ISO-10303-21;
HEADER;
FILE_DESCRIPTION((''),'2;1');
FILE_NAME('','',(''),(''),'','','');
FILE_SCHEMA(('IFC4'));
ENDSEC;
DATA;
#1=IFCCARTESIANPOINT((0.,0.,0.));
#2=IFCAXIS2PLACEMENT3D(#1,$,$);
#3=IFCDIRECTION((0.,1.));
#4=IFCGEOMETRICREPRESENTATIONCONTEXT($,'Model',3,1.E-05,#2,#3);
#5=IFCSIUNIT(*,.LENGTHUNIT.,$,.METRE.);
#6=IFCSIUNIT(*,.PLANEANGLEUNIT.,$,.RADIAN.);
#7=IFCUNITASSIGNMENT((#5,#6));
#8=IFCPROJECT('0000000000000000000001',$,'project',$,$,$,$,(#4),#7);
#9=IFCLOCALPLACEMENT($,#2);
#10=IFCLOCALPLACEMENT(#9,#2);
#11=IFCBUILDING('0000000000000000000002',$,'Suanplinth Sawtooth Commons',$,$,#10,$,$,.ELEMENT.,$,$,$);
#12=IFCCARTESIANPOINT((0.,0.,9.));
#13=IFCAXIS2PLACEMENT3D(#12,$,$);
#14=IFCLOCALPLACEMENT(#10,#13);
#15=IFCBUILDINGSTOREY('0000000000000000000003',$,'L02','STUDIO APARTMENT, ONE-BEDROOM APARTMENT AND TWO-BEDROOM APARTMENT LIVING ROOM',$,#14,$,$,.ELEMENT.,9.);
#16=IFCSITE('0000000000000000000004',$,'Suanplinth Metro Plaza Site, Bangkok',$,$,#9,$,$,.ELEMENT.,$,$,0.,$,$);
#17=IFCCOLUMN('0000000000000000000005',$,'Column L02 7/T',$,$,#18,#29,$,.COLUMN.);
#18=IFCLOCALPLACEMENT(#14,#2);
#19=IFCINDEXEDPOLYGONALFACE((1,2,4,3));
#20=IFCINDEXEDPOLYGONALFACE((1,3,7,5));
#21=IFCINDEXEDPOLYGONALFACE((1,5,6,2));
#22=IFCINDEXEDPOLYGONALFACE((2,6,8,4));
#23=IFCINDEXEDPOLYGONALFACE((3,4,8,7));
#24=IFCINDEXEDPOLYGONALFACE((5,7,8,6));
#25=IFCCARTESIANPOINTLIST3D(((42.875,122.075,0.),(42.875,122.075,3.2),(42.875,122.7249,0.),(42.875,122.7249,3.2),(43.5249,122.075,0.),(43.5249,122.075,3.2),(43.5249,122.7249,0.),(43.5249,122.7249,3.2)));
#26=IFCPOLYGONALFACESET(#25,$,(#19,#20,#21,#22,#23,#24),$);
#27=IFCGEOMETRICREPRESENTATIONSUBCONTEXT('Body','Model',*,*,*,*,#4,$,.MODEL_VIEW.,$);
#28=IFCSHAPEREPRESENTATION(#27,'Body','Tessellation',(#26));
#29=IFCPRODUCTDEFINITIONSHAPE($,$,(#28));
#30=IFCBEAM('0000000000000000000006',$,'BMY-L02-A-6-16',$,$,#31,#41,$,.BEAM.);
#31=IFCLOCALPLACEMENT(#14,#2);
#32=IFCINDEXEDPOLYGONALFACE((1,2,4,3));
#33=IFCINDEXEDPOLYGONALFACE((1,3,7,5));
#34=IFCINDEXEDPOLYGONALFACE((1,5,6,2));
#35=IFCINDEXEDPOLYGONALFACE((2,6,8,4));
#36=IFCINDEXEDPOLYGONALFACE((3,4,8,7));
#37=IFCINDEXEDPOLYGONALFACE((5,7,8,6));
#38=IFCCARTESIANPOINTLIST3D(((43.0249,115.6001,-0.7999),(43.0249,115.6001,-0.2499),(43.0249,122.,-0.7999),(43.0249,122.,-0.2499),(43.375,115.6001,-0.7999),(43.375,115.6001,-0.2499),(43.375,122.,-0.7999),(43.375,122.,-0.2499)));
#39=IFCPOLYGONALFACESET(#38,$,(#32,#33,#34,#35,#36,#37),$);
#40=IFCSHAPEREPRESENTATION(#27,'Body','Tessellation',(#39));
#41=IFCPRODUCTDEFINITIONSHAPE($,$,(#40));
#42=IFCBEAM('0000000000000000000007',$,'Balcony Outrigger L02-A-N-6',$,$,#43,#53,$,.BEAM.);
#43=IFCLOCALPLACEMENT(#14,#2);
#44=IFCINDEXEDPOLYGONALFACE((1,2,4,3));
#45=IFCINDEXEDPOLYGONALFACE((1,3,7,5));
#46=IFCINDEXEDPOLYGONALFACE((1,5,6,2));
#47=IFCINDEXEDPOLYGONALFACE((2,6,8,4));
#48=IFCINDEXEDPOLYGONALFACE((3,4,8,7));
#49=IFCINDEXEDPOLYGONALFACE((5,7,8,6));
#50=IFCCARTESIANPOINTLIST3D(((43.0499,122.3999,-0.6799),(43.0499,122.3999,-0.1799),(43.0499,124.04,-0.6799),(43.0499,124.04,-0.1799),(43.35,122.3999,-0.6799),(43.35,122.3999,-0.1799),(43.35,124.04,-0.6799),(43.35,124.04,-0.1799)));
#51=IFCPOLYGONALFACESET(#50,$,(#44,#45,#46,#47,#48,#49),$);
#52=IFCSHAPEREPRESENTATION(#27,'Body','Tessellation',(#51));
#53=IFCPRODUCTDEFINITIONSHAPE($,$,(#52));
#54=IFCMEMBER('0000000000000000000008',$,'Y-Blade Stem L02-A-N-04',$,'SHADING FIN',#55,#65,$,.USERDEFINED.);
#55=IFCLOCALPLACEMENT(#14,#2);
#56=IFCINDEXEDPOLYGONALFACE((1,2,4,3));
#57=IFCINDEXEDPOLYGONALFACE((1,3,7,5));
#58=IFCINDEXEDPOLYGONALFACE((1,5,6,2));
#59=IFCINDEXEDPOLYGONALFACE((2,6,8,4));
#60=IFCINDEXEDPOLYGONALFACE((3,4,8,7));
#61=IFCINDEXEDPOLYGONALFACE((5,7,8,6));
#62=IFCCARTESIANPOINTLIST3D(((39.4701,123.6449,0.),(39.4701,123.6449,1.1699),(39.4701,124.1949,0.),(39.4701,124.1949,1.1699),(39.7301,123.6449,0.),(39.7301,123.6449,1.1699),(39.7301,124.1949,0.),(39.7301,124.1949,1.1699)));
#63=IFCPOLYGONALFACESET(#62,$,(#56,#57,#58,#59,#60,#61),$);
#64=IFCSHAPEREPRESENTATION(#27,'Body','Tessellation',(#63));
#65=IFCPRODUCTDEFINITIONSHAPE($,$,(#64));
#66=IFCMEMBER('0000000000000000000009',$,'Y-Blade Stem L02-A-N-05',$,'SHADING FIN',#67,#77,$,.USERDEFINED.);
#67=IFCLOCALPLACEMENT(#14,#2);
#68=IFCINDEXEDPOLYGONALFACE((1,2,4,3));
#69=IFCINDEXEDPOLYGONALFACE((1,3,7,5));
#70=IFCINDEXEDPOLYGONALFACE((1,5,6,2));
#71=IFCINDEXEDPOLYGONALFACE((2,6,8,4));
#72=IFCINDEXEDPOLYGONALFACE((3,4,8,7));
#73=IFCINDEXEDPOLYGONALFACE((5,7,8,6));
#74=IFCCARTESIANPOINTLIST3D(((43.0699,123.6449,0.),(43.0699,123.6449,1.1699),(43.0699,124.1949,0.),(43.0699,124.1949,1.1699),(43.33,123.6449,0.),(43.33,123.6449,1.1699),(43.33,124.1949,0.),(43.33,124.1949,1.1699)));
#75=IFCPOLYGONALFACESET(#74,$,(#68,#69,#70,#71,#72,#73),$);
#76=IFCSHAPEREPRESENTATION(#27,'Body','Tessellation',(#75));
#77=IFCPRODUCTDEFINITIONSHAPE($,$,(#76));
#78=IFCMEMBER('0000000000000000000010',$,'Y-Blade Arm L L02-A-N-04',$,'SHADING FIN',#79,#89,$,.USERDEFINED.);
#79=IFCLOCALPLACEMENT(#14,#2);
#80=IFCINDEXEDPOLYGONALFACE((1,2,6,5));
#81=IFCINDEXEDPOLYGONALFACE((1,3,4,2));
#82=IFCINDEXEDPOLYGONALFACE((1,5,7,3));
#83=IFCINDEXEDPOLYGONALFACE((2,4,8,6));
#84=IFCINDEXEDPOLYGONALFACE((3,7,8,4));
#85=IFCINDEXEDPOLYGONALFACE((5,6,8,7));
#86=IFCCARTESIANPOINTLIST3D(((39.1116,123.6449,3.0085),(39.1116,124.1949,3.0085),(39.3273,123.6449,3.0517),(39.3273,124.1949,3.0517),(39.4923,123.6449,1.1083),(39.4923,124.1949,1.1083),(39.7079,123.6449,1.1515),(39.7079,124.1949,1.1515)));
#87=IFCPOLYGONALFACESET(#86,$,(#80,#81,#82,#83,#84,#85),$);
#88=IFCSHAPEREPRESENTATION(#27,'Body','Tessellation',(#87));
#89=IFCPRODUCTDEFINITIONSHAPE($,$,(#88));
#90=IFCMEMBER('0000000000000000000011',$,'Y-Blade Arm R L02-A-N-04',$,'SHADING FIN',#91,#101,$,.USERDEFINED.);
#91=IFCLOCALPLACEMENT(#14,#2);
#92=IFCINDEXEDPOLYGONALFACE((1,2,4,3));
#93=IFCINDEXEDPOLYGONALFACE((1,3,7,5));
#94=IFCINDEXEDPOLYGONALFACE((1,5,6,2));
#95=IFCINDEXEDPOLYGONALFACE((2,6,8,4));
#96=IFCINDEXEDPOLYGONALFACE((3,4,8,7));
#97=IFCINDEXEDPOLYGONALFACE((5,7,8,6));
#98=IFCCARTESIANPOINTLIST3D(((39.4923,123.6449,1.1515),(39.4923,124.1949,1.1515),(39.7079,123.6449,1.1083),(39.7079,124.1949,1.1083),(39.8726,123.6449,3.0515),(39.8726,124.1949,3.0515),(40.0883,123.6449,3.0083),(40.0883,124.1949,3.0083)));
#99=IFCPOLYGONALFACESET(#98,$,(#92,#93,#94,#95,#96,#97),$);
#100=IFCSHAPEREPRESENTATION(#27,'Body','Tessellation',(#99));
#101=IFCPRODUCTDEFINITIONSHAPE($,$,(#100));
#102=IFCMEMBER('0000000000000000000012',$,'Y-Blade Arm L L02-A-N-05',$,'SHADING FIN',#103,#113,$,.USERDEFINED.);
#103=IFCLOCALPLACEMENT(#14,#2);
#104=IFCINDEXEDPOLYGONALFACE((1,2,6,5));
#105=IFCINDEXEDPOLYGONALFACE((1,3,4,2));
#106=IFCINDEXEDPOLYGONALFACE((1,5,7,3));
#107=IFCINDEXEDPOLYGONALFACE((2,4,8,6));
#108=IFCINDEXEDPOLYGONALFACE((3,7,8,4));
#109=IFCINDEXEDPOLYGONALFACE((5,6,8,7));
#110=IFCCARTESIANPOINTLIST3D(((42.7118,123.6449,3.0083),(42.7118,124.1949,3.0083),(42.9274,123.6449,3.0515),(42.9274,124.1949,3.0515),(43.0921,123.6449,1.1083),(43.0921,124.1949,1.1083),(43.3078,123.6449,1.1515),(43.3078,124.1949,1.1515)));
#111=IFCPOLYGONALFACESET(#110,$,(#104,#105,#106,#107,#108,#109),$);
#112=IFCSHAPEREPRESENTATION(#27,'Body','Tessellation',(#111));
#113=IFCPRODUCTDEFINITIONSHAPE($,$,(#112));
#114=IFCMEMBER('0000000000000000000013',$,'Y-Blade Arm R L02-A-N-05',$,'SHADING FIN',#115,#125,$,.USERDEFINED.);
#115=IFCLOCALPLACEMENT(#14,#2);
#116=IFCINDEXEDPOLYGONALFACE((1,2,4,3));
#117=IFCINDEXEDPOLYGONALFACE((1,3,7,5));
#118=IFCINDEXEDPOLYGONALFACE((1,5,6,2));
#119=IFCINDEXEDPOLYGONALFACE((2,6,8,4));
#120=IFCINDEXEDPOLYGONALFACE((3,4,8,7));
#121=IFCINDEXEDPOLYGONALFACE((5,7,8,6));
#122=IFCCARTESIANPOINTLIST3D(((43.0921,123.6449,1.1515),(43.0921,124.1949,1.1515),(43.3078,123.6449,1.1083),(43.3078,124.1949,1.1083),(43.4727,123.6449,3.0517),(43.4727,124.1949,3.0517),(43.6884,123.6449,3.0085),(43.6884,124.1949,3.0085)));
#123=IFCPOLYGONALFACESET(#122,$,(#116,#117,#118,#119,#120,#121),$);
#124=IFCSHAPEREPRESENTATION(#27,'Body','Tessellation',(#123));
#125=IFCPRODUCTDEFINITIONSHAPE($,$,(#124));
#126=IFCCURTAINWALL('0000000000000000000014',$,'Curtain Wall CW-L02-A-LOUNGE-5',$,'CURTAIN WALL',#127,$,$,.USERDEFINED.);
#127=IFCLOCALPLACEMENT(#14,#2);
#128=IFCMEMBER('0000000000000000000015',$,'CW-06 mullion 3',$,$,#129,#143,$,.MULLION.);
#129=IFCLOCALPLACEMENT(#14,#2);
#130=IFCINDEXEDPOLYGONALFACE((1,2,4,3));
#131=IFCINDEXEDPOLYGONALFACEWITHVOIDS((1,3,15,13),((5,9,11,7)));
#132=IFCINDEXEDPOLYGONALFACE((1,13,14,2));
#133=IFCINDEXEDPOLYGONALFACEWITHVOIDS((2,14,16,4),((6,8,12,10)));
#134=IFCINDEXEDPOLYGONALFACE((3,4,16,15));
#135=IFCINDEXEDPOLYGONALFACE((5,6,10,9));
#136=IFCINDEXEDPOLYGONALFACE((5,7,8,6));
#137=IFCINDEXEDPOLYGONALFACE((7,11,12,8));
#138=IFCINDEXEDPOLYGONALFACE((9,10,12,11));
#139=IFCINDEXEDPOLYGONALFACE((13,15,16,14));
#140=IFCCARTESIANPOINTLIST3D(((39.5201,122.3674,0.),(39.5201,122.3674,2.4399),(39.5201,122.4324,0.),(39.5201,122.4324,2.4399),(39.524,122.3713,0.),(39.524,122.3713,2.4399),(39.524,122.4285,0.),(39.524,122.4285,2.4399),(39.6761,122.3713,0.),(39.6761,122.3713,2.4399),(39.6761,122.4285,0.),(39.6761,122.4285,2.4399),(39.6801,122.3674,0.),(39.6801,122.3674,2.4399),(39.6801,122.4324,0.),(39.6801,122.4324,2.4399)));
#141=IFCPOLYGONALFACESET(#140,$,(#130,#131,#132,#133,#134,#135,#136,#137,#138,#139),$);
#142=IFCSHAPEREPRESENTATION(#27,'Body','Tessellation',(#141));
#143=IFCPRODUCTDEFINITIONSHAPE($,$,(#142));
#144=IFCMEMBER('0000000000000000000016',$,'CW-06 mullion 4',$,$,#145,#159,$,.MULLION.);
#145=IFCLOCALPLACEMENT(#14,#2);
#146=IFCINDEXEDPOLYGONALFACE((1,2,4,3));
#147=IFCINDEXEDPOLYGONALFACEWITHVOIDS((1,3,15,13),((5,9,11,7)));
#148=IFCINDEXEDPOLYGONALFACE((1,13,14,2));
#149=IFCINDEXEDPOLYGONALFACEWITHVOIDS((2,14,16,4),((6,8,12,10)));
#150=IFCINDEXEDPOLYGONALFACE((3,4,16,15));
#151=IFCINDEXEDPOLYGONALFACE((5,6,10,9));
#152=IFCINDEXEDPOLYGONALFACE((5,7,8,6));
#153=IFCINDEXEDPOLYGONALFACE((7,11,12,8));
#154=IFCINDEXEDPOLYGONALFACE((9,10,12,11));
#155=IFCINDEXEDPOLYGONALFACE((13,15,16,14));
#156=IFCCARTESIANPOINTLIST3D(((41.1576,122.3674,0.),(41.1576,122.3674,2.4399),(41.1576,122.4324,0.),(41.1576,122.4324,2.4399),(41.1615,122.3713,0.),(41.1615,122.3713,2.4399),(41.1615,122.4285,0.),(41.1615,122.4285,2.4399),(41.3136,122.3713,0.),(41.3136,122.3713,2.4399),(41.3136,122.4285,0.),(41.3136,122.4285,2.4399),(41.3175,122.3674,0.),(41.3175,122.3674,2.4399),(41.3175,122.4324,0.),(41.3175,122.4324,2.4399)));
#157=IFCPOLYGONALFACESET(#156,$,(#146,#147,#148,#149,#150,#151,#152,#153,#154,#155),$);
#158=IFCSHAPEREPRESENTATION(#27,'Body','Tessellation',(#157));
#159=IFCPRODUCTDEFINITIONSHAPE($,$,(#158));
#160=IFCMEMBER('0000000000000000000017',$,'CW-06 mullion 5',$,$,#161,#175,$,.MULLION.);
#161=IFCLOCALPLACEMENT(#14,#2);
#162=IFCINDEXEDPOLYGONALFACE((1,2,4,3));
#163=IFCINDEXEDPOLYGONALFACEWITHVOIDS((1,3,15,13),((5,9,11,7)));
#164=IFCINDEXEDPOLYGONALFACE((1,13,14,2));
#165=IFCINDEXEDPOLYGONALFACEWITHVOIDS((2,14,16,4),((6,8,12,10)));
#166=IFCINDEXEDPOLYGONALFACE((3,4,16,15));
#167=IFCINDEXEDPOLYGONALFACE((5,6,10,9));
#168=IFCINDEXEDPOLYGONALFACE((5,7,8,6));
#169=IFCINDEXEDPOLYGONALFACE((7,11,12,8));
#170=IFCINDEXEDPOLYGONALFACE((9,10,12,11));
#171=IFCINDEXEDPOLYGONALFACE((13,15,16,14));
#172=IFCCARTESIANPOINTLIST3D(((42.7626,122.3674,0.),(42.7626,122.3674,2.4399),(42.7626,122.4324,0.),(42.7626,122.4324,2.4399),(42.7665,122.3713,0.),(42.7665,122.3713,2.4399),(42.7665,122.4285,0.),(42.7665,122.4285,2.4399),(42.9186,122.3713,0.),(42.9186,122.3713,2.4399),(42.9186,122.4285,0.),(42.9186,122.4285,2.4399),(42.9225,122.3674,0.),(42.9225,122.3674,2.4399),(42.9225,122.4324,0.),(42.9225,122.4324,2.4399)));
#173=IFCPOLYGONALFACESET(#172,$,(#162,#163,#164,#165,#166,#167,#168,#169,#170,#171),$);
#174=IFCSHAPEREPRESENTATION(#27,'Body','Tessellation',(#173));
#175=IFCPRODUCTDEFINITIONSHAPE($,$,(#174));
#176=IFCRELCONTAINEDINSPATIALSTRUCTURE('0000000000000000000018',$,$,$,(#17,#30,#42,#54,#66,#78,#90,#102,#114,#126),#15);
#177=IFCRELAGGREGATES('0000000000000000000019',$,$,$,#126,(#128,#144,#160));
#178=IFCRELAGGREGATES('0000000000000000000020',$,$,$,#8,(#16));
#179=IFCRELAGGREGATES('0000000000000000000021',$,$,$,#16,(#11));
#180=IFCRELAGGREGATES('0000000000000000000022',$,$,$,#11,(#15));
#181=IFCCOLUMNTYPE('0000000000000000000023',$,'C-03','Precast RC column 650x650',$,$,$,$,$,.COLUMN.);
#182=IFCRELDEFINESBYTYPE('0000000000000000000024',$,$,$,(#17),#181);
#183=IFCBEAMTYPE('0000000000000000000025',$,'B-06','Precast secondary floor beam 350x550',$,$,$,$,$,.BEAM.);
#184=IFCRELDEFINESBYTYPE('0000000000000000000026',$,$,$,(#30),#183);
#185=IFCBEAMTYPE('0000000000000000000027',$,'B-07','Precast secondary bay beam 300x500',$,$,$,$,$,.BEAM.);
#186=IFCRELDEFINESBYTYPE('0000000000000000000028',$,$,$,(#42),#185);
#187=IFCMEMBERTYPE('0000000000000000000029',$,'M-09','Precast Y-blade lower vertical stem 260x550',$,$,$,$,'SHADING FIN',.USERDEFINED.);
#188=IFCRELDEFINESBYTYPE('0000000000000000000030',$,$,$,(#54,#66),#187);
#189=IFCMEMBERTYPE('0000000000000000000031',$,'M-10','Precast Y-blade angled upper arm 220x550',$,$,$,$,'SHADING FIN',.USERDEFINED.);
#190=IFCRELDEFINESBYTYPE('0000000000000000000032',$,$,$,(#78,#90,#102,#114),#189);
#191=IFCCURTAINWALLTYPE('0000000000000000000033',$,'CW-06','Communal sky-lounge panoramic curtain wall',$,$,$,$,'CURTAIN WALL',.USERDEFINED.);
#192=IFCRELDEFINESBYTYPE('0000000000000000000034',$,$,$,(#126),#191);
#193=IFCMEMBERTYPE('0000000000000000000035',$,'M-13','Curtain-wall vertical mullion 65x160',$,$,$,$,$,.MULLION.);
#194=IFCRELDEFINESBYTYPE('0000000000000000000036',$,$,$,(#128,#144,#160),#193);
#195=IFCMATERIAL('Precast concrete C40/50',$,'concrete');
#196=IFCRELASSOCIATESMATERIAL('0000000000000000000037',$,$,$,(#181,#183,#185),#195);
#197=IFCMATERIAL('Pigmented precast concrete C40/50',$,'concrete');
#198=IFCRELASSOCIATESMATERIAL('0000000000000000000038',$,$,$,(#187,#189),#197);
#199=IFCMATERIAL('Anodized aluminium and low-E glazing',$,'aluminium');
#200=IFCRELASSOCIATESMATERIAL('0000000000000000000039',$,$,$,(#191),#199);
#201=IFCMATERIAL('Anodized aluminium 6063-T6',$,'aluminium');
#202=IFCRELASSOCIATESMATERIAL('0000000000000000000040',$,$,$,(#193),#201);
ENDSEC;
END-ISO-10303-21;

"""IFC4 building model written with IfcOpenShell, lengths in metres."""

from ifc_helpers import new_model, si_unit, direction, frame, origin, origin_2d, place, context, subcontext, project, spatial, rectangle, hollow_rectangle, extrude, material, material_profile, profile_set, type_object, element, aggregate, save


model = new_model("IFC4")

# Units and contexts
model_context = context("Model", 3, precision=1e-05, world=origin(), true_north=direction((0.0, 1.0)))
body_context = subcontext(model_context, "Body", "Model", "MODEL_VIEW")
ifc_project = project(units=[si_unit("LENGTHUNIT", "METRE"), si_unit("PLANEANGLEUNIT", "RADIAN")], contexts=[model_context])

# Site, building, storey
site_placement = place(None, origin())
site = spatial("IfcSite", under=ifc_project, at=site_placement, Name="Suanplinth Metro Plaza Site, Bangkok", CompositionType="ELEMENT", RefElevation=0.0)
building_placement = place(site_placement, origin())
building = spatial("IfcBuilding", under=site, at=building_placement, Name="Suanplinth Sawtooth Commons", CompositionType="ELEMENT")
storey_placement = place(building_placement, frame((0.0, 0.0, 9.0)))
storey = spatial("IfcBuildingStorey", under=building, at=storey_placement, Name="L02", Description="STUDIO APARTMENT, ONE-BEDROOM APARTMENT AND TWO-BEDROOM APARTMENT LIVING ROOM", CompositionType="ELEMENT", Elevation=9.0)

# Column
ifc_material_1 = material(Name="Precast concrete C40/50", Category="concrete")
ifc_material_profile_1 = material_profile(ifc_material_1, rectangle(XDim=0.6499, YDim=0.6499, at=origin_2d()), Name="PC-COL 650x650")
ifc_profile_set_1 = profile_set([ifc_material_profile_1], Name="Precast concrete C40/50")
column_type = type_object("IfcColumnType", Name="C-03", Description="Precast RC column 650x650", PredefinedType="COLUMN", material=ifc_profile_set_1)
column_placement = place(storey_placement, frame((43.2, 122.3999, 0.0), z_axis=(0.0, 0.0, 1.0), x_axis=(1.0, 0.0, 0.0)))
element("IfcColumn", 1, at=column_placement, inside=storey, type_object=column_type, Name="Column L02 7/T", PredefinedType="COLUMN", context=body_context, shape_type="SweptSolid", body=[
    extrude(rectangle(XDim=0.6499, YDim=0.6499, at=origin_2d()), origin(), (0.0, 0.0, 1.0), 3.2),
])

# Beams
ifc_material_profile_2 = material_profile(ifc_material_1, rectangle(XDim=0.3501, YDim=0.55, at=origin_2d()), Name="PC-BM 350x550")
ifc_profile_set_2 = profile_set([ifc_material_profile_2], Name="Precast concrete C40/50")
beam_type_1 = type_object("IfcBeamType", Name="B-06", Description="Precast secondary floor beam 350x550", PredefinedType="BEAM", material=ifc_profile_set_2)
beam_1_placement = place(storey_placement, frame((43.2, 115.6001, -0.5249), z_axis=(0.0, 1.0, 0.0), x_axis=(-1.0, 0.0, 0.0)))
element("IfcBeam", 2, at=beam_1_placement, inside=storey, type_object=beam_type_1, Name="BMY-L02-A-6-16", PredefinedType="BEAM", context=body_context, shape_type="SweptSolid", body=[
    extrude(rectangle(XDim=0.3501, YDim=0.55, at=origin_2d()), origin(), (0.0, 0.0, 1.0), 6.3999),
])
ifc_material_profile_3 = material_profile(ifc_material_1, rectangle(XDim=0.3, YDim=0.5, at=origin_2d()), Name="PC-BM 300x500")
ifc_profile_set_3 = profile_set([ifc_material_profile_3], Name="Precast concrete C40/50")
beam_type_2 = type_object("IfcBeamType", Name="B-07", Description="Precast secondary bay beam 300x500", PredefinedType="BEAM", material=ifc_profile_set_3)
beam_2_placement = place(storey_placement, frame((43.2, 122.3999, -0.4299), z_axis=(0.0, 1.0, 0.0), x_axis=(-1.0, 0.0, 0.0)))
element("IfcBeam", 3, at=beam_2_placement, inside=storey, type_object=beam_type_2, Name="Balcony Outrigger L02-A-N-6", PredefinedType="BEAM", context=body_context, shape_type="SweptSolid", body=[
    extrude(rectangle(XDim=0.3, YDim=0.5, at=origin_2d()), origin(), (0.0, 0.0, 1.0), 1.6401),
])

# Members
ifc_material_2 = material(Name="Pigmented precast concrete C40/50", Category="concrete")
ifc_material_profile_4 = material_profile(ifc_material_2, rectangle(XDim=0.26, YDim=0.55, at=origin_2d()), Name="PC-FIN 260x550")
ifc_profile_set_4 = profile_set([ifc_material_profile_4], Name="Pigmented precast concrete C40/50")
member_type_1 = type_object("IfcMemberType", Name="M-09", Description="Precast Y-blade lower vertical stem 260x550", ElementType="SHADING FIN", PredefinedType="USERDEFINED", material=ifc_profile_set_4)
for number, where, z_axis, x_axis, name in (
    (4, (39.6001, 123.9199, 0.0), (0.0, 0.0, 1.0), (1.0, 0.0, 0.0), "Y-Blade Stem L02-A-N-04"),
    (5, (43.2, 123.9199, 0.0), (0.0, 0.0, 1.0), (1.0, 0.0, 0.0), "Y-Blade Stem L02-A-N-05"),
):
    element("IfcMember", number, at=place(storey_placement, frame(where, z_axis=z_axis, x_axis=x_axis)), inside=storey, type_object=member_type_1, Name=name, ObjectType="SHADING FIN", PredefinedType="USERDEFINED", context=body_context, shape_type="SweptSolid", body=[
        extrude(rectangle(XDim=0.26, YDim=0.55, at=origin_2d()), origin(), (0.0, 0.0, 1.0), 1.1699),
    ])
ifc_material_profile_5 = material_profile(ifc_material_2, rectangle(XDim=0.22, YDim=0.55, at=origin_2d()), Name="PC-FIN 220x550")
ifc_profile_set_5 = profile_set([ifc_material_profile_5], Name="Pigmented precast concrete C40/50")
member_type_2 = type_object("IfcMemberType", Name="M-10", Description="Precast Y-blade angled upper arm 220x550", ElementType="SHADING FIN", PredefinedType="USERDEFINED", material=ifc_profile_set_5)
member_1_placement = place(storey_placement, frame((39.6001, 123.9199, 1.1299), z_axis=(-0.196407, 0.0, 0.980522), x_axis=(0.980522, 0.0, 0.196407)))
element("IfcMember", 6, at=member_1_placement, inside=storey, type_object=member_type_2, Name="Y-Blade Arm L L02-A-N-04", ObjectType="SHADING FIN", PredefinedType="USERDEFINED", context=body_context, shape_type="SweptSolid", body=[
    extrude(rectangle(XDim=0.22, YDim=0.55, at=origin_2d()), origin(), (0.0, 0.0, 1.0), 1.938),
])
for number, where, z_axis, x_axis, name in (
    (7, (39.6001, 123.9199, 1.1299), (0.196286, 0.0, 0.980547), (-0.980547, 0.0, 0.196286), "Y-Blade Arm R L02-A-N-04"),
    (8, (43.2, 123.9199, 1.1299), (-0.196286, 0.0, 0.980547), (0.980547, 0.0, 0.196286), "Y-Blade Arm L L02-A-N-05"),
):
    element("IfcMember", number, at=place(storey_placement, frame(where, z_axis=z_axis, x_axis=x_axis)), inside=storey, type_object=member_type_2, Name=name, ObjectType="SHADING FIN", PredefinedType="USERDEFINED", context=body_context, shape_type="SweptSolid", body=[
        extrude(rectangle(XDim=0.22, YDim=0.55, at=origin_2d()), origin(), (0.0, 0.0, 1.0), 1.9377),
    ])
member_2_placement = place(storey_placement, frame((43.2, 123.9199, 1.1299), z_axis=(0.196407, 0.0, 0.980522), x_axis=(-0.980522, 0.0, 0.196407)))
element("IfcMember", 9, at=member_2_placement, inside=storey, type_object=member_type_2, Name="Y-Blade Arm R L02-A-N-05", ObjectType="SHADING FIN", PredefinedType="USERDEFINED", context=body_context, shape_type="SweptSolid", body=[
    extrude(rectangle(XDim=0.22, YDim=0.55, at=origin_2d()), origin(), (0.0, 0.0, 1.0), 1.938),
])

# Curtain wall, members
ifc_material_3 = material(Name="Anodized aluminium and low-E glazing", Category="aluminium")
curtain_wall_type = type_object("IfcCurtainWallType", Name="CW-06", Description="Communal sky-lounge panoramic curtain wall", ElementType="CURTAIN WALL", PredefinedType="USERDEFINED", material=ifc_material_3)
curtain_wall_placement = place(storey_placement, origin())
curtain_wall = element("IfcCurtainWall", 10, at=curtain_wall_placement, inside=storey, type_object=curtain_wall_type, Name="Curtain Wall CW-L02-A-LOUNGE-5", ObjectType="CURTAIN WALL", PredefinedType="USERDEFINED")
ifc_material_4 = material(Name="Anodized aluminium 6063-T6", Category="aluminium")
ifc_material_profile_6 = material_profile(ifc_material_4, hollow_rectangle(XDim=0.0649, YDim=0.1599, WallThickness=0.0039, at=origin_2d()), Name="ALU-MUL 65x160")
ifc_profile_set_6 = profile_set([ifc_material_profile_6], Name="Anodized aluminium 6063-T6")
member_type_3 = type_object("IfcMemberType", Name="M-13", Description="Curtain-wall vertical mullion 65x160", PredefinedType="MULLION", material=ifc_profile_set_6)
member_3_placement = place(storey_placement, frame((39.6001, 122.3999, 0.0), z_axis=(0.0, 0.0, 1.0), x_axis=(0.0, 1.0, 0.0)))
member_3 = element("IfcMember", 11, at=member_3_placement, type_object=member_type_3, Name="CW-06 mullion 3", PredefinedType="MULLION", context=body_context, shape_type="SweptSolid", body=[
    extrude(hollow_rectangle(XDim=0.0649, YDim=0.1599, WallThickness=0.0039, at=origin_2d()), origin(), (0.0, 0.0, 1.0), 2.4399),
])
member_4_placement = place(storey_placement, frame((41.2375, 122.3999, 0.0), z_axis=(0.0, 0.0, 1.0), x_axis=(0.0, 1.0, 0.0)))
member_4 = element("IfcMember", 12, at=member_4_placement, type_object=member_type_3, Name="CW-06 mullion 4", PredefinedType="MULLION", context=body_context, shape_type="SweptSolid", body=[
    extrude(hollow_rectangle(XDim=0.0649, YDim=0.1599, WallThickness=0.0039, at=origin_2d()), origin(), (0.0, 0.0, 1.0), 2.4399),
])
member_5_placement = place(storey_placement, frame((42.8425, 122.3999, 0.0), z_axis=(0.0, 0.0, 1.0), x_axis=(0.0, 1.0, 0.0)))
member_5 = element("IfcMember", 13, at=member_5_placement, type_object=member_type_3, Name="CW-06 mullion 5", PredefinedType="MULLION", context=body_context, shape_type="SweptSolid", body=[
    extrude(hollow_rectangle(XDim=0.0649, YDim=0.1599, WallThickness=0.0039, at=origin_2d()), origin(), (0.0, 0.0, 1.0), 2.4399),
])

aggregate(curtain_wall, [member_3, member_4, member_5])

save(model, "model.ifc")
